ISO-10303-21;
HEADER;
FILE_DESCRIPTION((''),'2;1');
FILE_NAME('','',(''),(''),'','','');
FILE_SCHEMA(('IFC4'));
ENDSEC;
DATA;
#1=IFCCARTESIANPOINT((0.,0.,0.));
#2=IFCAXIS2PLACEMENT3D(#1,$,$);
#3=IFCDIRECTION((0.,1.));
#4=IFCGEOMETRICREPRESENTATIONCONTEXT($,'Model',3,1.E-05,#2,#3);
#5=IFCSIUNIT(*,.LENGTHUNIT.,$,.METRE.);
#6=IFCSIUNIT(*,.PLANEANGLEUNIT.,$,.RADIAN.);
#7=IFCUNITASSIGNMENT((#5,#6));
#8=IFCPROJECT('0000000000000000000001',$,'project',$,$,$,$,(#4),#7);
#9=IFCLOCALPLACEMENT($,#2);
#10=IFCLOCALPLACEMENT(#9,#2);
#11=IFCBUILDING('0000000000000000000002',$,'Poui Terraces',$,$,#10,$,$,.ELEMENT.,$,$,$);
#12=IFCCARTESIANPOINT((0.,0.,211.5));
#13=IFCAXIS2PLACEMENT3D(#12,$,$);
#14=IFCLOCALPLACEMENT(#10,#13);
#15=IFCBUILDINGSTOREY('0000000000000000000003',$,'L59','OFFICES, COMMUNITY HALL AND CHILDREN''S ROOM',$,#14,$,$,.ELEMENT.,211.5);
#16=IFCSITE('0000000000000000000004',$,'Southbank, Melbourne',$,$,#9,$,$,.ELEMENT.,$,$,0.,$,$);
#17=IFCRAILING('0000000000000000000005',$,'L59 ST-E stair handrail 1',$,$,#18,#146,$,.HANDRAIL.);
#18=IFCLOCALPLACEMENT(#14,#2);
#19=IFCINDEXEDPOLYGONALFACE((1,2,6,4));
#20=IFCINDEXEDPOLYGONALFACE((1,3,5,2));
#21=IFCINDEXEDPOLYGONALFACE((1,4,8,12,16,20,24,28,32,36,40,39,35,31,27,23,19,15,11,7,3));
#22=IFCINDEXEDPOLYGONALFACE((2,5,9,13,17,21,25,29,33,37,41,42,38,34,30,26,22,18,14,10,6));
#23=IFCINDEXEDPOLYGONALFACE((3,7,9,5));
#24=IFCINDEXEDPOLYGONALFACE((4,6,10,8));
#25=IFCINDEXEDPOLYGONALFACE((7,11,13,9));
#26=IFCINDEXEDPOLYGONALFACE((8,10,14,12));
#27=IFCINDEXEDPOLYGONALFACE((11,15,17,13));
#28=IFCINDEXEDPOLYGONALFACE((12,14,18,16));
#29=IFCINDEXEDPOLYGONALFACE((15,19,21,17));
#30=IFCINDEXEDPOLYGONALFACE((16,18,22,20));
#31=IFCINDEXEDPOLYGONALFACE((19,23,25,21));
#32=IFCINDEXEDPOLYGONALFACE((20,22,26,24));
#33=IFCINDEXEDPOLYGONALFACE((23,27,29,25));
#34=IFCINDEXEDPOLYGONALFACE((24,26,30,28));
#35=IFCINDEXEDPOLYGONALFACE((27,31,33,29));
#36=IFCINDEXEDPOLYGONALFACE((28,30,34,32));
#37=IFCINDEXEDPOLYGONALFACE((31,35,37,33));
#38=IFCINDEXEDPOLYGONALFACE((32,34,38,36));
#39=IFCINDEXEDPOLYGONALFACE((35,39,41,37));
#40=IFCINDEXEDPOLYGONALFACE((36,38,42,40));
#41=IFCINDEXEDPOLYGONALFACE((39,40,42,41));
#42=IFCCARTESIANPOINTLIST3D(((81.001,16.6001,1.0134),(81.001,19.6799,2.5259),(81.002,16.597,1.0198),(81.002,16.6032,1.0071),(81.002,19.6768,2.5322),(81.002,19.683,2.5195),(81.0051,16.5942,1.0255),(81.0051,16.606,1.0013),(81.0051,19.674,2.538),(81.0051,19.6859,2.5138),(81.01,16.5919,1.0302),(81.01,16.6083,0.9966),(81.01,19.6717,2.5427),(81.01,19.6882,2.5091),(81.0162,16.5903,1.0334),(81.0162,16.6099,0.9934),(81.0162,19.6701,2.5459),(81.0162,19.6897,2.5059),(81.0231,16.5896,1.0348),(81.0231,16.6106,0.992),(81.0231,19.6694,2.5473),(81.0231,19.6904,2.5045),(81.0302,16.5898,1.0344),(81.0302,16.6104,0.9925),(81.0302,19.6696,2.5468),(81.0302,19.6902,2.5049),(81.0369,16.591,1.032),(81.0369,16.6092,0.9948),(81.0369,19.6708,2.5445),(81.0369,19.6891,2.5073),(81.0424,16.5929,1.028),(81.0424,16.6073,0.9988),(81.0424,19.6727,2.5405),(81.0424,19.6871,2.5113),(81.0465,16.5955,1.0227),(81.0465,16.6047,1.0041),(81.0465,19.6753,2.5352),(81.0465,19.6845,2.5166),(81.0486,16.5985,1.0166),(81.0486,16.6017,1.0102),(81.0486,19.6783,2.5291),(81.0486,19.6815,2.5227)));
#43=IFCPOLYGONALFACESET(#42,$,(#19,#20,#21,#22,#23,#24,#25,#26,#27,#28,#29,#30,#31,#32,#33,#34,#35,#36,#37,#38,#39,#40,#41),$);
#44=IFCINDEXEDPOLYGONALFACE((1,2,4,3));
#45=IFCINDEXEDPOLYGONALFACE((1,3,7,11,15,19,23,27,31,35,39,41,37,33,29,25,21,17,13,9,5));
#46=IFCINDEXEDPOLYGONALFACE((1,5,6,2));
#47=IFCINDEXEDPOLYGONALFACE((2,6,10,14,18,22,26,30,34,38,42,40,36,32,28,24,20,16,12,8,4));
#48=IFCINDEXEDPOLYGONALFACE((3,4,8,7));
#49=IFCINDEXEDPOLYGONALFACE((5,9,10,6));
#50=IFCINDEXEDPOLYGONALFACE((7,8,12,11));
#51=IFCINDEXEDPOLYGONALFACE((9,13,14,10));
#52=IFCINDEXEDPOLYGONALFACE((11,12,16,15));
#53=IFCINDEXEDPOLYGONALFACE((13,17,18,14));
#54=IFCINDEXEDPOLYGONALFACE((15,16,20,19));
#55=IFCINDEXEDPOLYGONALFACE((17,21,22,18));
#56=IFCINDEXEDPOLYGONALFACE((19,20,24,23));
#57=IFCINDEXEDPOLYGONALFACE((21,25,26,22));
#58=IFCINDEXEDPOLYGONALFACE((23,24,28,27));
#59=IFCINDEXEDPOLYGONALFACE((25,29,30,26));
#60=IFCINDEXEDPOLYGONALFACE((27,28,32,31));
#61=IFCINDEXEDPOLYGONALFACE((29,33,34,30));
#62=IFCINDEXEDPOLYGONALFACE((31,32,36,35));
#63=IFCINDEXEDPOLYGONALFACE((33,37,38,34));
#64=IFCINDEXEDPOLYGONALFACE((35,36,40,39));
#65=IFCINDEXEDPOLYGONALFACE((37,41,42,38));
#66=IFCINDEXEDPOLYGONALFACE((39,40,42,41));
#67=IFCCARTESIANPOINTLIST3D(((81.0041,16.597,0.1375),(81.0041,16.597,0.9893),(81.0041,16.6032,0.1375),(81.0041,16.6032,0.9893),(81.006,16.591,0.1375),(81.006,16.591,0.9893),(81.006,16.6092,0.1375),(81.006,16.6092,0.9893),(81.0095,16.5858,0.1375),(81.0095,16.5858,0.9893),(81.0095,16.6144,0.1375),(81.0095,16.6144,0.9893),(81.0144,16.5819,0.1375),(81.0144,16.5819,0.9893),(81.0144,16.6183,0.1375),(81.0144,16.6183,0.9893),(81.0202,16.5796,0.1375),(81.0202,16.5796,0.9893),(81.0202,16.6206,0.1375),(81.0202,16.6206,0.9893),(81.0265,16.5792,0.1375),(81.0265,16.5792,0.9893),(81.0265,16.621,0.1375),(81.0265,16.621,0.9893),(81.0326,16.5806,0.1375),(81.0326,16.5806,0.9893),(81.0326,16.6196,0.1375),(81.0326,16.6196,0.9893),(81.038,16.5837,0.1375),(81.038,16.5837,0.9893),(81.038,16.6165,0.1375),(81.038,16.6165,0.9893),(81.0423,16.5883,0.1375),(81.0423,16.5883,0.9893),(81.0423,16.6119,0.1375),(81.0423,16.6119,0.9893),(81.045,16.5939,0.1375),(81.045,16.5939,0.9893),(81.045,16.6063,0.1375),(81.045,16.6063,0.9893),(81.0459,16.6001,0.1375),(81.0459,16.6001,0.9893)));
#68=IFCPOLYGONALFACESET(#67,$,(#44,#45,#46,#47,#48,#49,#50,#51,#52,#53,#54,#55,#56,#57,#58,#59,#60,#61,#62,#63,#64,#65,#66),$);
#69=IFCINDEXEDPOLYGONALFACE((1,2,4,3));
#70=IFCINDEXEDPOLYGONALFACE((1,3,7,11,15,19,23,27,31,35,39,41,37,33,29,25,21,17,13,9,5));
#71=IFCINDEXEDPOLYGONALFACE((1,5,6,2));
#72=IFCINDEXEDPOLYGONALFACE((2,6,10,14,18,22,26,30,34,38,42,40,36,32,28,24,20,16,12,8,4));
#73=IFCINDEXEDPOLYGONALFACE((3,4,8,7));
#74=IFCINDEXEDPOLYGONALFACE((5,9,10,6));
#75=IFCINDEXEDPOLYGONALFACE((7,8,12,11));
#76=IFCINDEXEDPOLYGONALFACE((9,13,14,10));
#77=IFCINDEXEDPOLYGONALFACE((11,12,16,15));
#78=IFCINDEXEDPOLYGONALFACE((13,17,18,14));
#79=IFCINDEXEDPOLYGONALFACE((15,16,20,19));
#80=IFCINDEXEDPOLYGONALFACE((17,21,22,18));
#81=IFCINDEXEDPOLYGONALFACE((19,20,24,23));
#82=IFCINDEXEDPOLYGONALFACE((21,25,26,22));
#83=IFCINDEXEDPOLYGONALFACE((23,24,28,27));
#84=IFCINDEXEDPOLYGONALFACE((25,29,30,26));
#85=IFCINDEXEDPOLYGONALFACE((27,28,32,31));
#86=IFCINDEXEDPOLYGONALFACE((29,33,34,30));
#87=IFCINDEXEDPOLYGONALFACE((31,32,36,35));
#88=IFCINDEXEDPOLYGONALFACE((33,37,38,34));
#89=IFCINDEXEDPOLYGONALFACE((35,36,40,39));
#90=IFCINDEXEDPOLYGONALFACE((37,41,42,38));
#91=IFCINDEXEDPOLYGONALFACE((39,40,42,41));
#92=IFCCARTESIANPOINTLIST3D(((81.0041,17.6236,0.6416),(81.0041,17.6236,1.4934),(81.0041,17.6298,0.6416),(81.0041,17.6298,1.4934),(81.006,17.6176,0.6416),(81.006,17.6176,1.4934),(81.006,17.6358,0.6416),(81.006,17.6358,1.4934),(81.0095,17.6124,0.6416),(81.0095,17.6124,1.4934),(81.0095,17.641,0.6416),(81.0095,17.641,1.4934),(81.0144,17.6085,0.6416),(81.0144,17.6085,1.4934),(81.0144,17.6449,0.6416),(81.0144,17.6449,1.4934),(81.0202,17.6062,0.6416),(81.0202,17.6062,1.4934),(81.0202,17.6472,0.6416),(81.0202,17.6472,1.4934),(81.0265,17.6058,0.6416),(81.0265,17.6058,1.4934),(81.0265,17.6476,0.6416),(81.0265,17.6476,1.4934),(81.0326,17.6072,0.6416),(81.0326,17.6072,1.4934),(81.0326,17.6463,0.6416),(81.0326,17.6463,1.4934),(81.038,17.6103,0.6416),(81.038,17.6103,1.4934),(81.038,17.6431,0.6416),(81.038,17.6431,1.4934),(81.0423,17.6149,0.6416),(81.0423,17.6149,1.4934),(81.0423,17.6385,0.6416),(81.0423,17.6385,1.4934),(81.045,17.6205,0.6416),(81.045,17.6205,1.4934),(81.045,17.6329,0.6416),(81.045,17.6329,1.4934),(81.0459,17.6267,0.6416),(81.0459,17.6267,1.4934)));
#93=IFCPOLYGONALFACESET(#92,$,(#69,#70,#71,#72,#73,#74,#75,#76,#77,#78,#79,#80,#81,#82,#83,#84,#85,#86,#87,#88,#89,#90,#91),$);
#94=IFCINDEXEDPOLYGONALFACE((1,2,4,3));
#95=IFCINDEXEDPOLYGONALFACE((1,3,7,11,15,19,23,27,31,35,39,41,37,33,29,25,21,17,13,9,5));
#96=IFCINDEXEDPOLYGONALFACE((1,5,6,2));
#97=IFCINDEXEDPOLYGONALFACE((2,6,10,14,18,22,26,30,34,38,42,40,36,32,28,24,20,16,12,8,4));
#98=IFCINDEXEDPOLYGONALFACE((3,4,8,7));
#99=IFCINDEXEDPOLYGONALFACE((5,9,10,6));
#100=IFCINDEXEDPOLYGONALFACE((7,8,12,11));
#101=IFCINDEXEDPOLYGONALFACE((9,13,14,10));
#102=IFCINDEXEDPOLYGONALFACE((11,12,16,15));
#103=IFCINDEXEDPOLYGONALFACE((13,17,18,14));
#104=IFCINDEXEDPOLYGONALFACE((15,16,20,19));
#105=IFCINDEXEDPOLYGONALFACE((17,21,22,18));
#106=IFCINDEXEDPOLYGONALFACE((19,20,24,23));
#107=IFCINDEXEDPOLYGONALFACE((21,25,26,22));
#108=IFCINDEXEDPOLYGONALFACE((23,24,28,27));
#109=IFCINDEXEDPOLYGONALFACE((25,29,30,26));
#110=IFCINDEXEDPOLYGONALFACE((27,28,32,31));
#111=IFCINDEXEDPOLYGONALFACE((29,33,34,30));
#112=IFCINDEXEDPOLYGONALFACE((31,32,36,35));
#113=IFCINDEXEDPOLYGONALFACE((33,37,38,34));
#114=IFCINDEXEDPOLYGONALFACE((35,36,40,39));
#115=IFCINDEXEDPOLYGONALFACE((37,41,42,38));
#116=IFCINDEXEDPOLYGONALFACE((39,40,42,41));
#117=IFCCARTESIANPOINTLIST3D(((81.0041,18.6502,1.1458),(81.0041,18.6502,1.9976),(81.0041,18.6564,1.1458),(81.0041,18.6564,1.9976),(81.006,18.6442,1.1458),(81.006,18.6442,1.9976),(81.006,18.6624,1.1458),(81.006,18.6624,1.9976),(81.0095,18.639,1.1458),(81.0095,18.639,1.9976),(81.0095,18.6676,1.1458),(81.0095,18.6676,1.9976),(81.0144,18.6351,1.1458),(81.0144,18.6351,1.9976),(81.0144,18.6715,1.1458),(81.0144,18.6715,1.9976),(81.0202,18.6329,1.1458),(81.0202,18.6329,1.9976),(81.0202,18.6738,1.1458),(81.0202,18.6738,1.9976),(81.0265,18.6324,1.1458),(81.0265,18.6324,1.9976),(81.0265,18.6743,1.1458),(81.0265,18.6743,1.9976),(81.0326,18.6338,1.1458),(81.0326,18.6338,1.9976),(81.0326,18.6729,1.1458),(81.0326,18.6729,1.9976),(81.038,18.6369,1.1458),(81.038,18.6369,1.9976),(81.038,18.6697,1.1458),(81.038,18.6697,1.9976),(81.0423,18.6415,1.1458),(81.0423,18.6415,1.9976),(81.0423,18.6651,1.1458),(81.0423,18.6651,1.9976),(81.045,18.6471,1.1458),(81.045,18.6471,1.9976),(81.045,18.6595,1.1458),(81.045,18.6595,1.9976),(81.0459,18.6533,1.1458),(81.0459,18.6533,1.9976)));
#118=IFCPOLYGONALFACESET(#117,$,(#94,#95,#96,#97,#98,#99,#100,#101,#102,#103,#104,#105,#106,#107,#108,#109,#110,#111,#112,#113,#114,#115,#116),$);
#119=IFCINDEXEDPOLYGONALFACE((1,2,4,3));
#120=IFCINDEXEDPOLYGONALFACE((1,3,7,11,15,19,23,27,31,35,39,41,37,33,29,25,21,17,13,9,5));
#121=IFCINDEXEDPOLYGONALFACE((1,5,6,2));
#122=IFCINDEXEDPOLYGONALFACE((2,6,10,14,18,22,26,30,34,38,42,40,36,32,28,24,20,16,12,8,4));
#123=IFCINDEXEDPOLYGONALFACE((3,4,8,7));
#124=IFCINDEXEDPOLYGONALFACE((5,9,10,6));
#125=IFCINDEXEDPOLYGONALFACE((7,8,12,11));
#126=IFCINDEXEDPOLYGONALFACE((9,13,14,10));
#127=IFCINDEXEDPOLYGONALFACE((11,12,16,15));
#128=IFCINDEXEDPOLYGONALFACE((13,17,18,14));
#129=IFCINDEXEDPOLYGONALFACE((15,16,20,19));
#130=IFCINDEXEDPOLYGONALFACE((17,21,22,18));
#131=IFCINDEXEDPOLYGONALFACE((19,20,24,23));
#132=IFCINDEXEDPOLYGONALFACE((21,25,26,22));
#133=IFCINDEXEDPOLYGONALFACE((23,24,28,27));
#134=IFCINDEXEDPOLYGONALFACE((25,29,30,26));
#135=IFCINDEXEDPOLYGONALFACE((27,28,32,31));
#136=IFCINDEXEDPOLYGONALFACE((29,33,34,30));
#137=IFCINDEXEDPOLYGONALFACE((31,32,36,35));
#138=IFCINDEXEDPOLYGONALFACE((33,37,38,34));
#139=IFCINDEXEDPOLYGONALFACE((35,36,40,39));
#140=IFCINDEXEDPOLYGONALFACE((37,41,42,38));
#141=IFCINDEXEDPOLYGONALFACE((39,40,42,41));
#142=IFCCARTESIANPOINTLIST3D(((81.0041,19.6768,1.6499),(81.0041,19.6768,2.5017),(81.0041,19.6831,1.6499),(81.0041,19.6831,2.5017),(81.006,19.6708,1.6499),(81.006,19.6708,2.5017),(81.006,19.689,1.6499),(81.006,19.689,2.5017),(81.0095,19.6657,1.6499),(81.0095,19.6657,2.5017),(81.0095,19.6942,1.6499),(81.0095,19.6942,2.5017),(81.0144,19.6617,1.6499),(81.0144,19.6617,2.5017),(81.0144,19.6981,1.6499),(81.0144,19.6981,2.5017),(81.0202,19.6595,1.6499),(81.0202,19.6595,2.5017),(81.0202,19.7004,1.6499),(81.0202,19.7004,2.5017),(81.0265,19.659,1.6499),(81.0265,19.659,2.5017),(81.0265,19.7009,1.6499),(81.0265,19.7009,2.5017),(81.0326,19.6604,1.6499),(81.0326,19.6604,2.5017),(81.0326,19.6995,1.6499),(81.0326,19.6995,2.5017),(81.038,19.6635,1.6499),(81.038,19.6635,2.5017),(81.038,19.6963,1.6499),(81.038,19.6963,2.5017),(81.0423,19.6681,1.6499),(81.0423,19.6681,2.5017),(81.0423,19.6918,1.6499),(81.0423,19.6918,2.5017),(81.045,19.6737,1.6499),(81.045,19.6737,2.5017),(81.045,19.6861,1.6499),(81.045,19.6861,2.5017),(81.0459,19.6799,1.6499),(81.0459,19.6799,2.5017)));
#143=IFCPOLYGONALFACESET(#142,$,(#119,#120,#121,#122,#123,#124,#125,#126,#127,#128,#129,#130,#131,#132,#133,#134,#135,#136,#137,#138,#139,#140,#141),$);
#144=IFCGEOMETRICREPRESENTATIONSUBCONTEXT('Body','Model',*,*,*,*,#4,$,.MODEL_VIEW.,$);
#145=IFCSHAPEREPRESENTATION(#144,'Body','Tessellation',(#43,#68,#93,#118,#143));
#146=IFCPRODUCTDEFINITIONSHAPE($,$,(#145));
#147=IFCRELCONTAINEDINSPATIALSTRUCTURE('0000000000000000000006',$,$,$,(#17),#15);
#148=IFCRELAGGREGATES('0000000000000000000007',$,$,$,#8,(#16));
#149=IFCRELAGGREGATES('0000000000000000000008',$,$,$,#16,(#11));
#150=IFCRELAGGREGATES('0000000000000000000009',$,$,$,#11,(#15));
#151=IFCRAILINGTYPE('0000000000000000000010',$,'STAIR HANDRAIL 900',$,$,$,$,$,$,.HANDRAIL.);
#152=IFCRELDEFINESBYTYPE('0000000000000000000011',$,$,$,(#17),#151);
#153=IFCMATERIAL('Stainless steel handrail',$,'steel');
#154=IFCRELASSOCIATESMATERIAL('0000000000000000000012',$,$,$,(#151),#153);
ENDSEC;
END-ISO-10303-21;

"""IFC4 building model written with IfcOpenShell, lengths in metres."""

from ifc_helpers import new_model, si_unit, direction, frame, origin, origin_2d, place, context, subcontext, project, spatial, circle, extrude, material, type_object, element, save


model = new_model("IFC4")

# Units and contexts
model_context = context("Model", 3, precision=1e-05, world=origin(), true_north=direction((0.0, 1.0)))
body_context = subcontext(model_context, "Body", "Model", "MODEL_VIEW")
ifc_project = project(units=[si_unit("LENGTHUNIT", "METRE"), si_unit("PLANEANGLEUNIT", "RADIAN")], contexts=[model_context])

# Site, building, storey
site_placement = place(None, origin())
site = spatial("IfcSite", under=ifc_project, at=site_placement, Name="Southbank, Melbourne", CompositionType="ELEMENT", RefElevation=0.0)
building_placement = place(site_placement, origin())
building = spatial("IfcBuilding", under=site, at=building_placement, Name="Poui Terraces", CompositionType="ELEMENT")
storey_placement = place(building_placement, frame((0.0, 0.0, 211.5)))
storey = spatial("IfcBuildingStorey", under=building, at=storey_placement, Name="L59", Description="OFFICES, COMMUNITY HALL AND CHILDREN'S ROOM", CompositionType="ELEMENT", Elevation=211.5)

# Railing
ifc_material_1 = material(Name="Stainless steel handrail", Category="steel")
railing_type_1 = type_object("IfcRailingType", Name="STAIR HANDRAIL 900", PredefinedType="HANDRAIL", material=ifc_material_1)
for number, where, name in (
    (1, (81.0249, 16.6001, 0.1375), "L59 ST-E stair handrail 1"),
):
    element("IfcRailing", number, at=place(storey_placement, frame(where)), inside=storey, type_object=railing_type_1, Name=name, PredefinedType="HANDRAIL", context=body_context, shape_type="SweptSolid", body=[
        extrude(circle(Radius=0.0239, at=origin_2d()), frame((0.0, 0.0, 0.876), z_axis=(0.0, 0.897606, 0.440798), x_axis=(-1.0, 0.0, 0.0)), (0.0, 0.0, 1.0), 3.4312),
        extrude(circle(Radius=0.021, at=origin_2d()), origin(), (0.0, 0.0, 1.0), 0.8518),
        extrude(circle(Radius=0.021, at=origin_2d()), frame((0.0, 1.0266, 0.5042)), (0.0, 0.0, 1.0), 0.8518),
        extrude(circle(Radius=0.021, at=origin_2d()), frame((0.0, 2.0532, 1.0083)), (0.0, 0.0, 1.0), 0.8518),
        extrude(circle(Radius=0.021, at=origin_2d()), frame((0.0, 3.0798, 1.5125)), (0.0, 0.0, 1.0), 0.8518),
    ])

save(model, "model.ifc")
